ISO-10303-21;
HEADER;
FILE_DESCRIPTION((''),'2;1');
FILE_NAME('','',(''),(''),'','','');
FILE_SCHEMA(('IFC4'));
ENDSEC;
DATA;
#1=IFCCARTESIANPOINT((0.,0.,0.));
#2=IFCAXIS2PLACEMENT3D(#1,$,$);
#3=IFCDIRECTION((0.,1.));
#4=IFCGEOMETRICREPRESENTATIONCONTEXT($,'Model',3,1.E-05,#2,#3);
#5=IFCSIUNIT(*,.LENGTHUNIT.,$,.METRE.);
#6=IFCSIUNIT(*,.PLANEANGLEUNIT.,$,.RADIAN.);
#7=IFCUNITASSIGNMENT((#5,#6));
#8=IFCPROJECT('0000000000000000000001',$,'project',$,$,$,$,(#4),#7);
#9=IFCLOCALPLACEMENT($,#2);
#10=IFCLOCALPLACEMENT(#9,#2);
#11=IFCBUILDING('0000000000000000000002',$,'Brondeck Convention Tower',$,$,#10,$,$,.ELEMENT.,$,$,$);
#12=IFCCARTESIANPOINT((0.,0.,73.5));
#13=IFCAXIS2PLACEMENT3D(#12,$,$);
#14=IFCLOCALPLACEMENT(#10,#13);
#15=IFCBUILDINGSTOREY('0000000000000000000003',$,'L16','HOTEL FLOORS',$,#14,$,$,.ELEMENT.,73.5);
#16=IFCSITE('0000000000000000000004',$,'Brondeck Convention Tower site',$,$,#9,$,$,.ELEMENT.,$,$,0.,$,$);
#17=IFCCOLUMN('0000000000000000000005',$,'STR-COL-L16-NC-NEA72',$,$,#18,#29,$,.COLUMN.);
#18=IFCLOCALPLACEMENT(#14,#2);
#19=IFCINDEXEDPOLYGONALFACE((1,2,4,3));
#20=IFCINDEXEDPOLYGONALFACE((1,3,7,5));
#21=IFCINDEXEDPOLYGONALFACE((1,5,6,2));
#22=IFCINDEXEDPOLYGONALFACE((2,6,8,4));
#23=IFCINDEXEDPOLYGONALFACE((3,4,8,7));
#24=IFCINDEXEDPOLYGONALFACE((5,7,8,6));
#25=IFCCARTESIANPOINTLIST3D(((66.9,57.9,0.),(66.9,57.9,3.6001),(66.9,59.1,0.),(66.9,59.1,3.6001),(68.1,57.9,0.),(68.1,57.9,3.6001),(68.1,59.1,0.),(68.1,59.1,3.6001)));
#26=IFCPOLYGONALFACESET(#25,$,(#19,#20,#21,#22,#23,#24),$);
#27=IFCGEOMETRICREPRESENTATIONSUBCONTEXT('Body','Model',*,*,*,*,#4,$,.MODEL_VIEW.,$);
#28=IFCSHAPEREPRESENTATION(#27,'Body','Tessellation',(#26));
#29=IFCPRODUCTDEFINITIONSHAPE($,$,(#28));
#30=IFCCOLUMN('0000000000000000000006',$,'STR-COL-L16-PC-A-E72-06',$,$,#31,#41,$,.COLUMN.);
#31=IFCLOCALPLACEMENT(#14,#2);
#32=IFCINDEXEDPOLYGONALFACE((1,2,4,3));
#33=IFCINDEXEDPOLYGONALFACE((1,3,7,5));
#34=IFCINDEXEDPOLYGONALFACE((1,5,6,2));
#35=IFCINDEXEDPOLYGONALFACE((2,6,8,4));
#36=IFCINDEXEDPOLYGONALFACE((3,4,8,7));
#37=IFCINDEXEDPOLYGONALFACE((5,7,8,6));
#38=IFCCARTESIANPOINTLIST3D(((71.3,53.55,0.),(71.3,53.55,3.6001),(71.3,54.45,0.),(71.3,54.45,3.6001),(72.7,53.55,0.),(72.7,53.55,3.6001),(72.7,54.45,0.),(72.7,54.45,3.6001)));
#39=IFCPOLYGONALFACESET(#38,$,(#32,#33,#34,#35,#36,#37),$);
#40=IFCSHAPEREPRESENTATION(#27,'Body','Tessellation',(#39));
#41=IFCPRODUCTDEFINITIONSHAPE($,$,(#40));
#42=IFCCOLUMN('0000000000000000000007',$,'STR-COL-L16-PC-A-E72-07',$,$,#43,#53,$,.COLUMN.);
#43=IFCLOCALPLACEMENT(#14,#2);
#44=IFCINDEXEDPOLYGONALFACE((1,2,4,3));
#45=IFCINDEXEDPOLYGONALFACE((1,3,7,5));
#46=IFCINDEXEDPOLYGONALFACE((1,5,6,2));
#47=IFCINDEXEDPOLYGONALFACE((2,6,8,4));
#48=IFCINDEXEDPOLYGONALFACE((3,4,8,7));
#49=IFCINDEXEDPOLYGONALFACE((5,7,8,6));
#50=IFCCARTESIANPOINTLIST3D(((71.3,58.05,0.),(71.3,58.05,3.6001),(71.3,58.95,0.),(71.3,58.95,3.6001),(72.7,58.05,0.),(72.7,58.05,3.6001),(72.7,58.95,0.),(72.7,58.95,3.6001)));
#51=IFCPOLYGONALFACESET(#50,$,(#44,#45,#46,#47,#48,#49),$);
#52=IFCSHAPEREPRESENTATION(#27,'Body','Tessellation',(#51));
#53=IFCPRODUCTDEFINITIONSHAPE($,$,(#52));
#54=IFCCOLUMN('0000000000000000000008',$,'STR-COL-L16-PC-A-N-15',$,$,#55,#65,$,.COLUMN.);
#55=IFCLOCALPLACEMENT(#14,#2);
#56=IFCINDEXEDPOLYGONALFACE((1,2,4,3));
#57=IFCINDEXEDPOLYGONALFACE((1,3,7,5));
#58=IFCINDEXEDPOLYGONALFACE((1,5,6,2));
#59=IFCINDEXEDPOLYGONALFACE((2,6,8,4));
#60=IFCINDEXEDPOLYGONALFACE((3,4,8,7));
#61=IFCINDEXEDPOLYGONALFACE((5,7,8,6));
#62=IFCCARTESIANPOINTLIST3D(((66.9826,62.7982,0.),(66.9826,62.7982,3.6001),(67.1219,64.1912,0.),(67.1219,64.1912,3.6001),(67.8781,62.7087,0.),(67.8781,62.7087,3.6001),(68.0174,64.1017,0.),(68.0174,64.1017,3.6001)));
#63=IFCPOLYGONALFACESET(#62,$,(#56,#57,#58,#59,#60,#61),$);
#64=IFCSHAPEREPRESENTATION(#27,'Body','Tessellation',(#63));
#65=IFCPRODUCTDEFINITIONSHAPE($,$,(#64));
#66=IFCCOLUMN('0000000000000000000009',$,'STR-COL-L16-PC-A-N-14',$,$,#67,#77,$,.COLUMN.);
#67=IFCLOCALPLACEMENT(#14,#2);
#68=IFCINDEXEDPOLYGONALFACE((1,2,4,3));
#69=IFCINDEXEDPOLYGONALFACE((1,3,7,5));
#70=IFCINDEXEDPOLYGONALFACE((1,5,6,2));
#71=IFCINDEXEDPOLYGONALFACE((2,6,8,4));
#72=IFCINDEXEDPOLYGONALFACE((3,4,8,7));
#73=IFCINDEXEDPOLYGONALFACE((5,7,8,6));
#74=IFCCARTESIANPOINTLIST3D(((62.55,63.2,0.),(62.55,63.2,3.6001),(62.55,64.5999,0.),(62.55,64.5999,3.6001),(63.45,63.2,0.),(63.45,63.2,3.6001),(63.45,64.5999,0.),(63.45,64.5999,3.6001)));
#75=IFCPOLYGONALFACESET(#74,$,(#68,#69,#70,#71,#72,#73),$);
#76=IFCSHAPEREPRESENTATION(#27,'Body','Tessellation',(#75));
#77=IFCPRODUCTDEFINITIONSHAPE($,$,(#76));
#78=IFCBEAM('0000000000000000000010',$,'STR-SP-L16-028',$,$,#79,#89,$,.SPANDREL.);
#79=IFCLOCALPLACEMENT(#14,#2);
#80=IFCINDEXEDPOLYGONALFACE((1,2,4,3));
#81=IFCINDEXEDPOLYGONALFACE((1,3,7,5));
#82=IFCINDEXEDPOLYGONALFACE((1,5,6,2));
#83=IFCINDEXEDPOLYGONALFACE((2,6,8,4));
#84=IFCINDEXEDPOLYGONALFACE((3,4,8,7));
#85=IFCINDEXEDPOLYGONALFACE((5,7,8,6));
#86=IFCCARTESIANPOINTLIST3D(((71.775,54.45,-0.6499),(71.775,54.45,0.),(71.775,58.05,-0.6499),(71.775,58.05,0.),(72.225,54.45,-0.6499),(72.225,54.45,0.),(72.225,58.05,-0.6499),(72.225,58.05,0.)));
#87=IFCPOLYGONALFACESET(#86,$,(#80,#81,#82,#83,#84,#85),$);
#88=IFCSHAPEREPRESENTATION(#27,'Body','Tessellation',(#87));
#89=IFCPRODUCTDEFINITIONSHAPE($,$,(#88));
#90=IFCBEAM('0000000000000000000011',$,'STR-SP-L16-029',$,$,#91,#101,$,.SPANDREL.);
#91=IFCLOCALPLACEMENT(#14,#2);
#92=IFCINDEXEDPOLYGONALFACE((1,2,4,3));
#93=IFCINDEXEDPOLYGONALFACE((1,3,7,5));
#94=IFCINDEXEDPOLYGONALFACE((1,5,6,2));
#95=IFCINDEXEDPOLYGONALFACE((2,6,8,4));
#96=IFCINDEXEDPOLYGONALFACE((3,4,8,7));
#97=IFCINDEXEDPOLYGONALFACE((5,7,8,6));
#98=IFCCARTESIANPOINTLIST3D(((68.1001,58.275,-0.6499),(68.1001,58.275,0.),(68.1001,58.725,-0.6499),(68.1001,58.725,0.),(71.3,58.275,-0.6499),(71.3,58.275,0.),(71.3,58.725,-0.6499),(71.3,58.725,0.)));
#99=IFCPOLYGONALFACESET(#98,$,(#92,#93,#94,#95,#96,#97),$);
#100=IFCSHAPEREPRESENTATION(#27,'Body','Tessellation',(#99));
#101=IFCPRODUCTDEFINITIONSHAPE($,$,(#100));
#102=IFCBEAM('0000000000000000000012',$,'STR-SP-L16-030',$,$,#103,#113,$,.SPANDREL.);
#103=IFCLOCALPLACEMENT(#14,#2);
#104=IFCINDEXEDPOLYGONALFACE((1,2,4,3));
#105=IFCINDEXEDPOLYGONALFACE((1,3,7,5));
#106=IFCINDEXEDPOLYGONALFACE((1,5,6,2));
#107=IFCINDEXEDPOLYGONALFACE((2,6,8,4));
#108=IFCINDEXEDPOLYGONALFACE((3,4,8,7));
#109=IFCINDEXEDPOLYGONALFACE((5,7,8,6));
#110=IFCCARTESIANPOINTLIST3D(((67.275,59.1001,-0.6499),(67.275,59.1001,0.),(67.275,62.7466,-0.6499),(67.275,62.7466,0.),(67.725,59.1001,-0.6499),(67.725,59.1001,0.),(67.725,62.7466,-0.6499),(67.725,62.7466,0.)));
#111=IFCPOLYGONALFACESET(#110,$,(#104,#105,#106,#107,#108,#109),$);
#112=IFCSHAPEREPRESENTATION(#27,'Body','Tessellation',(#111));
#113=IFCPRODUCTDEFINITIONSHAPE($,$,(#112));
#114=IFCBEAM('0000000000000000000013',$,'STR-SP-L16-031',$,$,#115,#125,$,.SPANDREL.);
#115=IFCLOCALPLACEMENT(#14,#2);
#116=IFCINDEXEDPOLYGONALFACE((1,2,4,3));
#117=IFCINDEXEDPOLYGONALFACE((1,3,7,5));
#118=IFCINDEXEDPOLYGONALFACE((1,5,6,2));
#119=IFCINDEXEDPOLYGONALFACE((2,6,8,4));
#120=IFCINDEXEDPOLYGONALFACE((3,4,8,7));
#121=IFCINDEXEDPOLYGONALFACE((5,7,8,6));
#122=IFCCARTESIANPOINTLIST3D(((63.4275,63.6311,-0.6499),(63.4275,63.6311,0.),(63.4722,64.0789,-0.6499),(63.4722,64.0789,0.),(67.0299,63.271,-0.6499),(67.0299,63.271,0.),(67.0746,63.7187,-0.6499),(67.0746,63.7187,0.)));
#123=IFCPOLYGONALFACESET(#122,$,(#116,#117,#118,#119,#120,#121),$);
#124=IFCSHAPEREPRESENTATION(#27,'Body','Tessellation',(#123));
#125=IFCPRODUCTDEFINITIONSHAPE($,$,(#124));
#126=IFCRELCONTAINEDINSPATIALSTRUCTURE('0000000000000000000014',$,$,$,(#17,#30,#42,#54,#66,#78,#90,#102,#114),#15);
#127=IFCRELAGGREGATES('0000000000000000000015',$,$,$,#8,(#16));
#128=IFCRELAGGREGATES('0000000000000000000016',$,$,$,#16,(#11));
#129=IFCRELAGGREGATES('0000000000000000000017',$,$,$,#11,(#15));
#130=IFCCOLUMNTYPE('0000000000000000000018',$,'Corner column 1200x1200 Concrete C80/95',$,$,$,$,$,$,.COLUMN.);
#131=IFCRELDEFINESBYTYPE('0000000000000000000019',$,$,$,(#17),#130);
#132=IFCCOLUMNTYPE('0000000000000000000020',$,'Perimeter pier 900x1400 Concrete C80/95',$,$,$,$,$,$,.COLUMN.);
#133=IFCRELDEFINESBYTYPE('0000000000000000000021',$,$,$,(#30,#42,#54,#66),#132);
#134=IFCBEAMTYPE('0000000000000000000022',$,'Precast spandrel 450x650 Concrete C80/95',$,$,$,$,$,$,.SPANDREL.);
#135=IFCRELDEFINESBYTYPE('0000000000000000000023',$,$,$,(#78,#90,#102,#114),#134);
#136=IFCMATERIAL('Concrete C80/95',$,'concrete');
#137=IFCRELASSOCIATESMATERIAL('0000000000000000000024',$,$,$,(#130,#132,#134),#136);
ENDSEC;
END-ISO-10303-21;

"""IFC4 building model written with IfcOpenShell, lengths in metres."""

from ifc_helpers import new_model, si_unit, direction, frame, origin, origin_2d, place, context, subcontext, project, spatial, rectangle, extrude, material, material_profile, profile_set, type_object, element, save


model = new_model("IFC4")

# Units and contexts
model_context = context("Model", 3, precision=1e-05, world=origin(), true_north=direction((0.0, 1.0)))
body_context = subcontext(model_context, "Body", "Model", "MODEL_VIEW")
ifc_project = project(units=[si_unit("LENGTHUNIT", "METRE"), si_unit("PLANEANGLEUNIT", "RADIAN")], contexts=[model_context])

# Site, building, storey
site_placement = place(None, origin())
site = spatial("IfcSite", under=ifc_project, at=site_placement, Name="Brondeck Convention Tower site", CompositionType="ELEMENT", RefElevation=0.0)
building_placement = place(site_placement, origin())
building = spatial("IfcBuilding", under=site, at=building_placement, Name="Brondeck Convention Tower", CompositionType="ELEMENT")
storey_placement = place(building_placement, frame((0.0, 0.0, 73.5)))
storey = spatial("IfcBuildingStorey", under=building, at=storey_placement, Name="L16", Description="HOTEL FLOORS", CompositionType="ELEMENT", Elevation=73.5)

# Columns
ifc_material_1 = material(Name="Concrete C80/95", Category="concrete")
ifc_material_profile_1 = material_profile(ifc_material_1, rectangle(XDim=1.2, YDim=1.2, at=origin_2d()), Name="Corner column 1200x1200 Concrete C80/95")
ifc_profile_set_1 = profile_set([ifc_material_profile_1], Name="Concrete C80/95")
column_type_1 = type_object("IfcColumnType", Name="Corner column 1200x1200 Concrete C80/95", PredefinedType="COLUMN", material=ifc_profile_set_1)
column_placement = place(storey_placement, frame((67.5, 58.5, 0.0), z_axis=(0.0, 0.0, 1.0), x_axis=(1.0, 0.0, 0.0)))
element("IfcColumn", 1, at=column_placement, inside=storey, type_object=column_type_1, Name="STR-COL-L16-NC-NEA72", PredefinedType="COLUMN", context=body_context, shape_type="SweptSolid", body=[
    extrude(rectangle(XDim=1.2, YDim=1.2, at=origin_2d()), origin(), (0.0, 0.0, 1.0), 3.6001),
])
ifc_material_profile_2 = material_profile(ifc_material_1, rectangle(XDim=0.8999, YDim=1.3999, at=origin_2d()), Name="Perimeter pier 900x1400 Concrete C80/95")
ifc_profile_set_2 = profile_set([ifc_material_profile_2], Name="Concrete C80/95")
column_type_2 = type_object("IfcColumnType", Name="Perimeter pier 900x1400 Concrete C80/95", PredefinedType="COLUMN", material=ifc_profile_set_2)
for number, where, z_axis, x_axis, name in (
    (2, (72.0, 54.0, 0.0), (0.0, 0.0, 1.0), (0.0, 1.0, 0.0), "STR-COL-L16-PC-A-E72-06"),
    (3, (72.0, 58.5, 0.0), (0.0, 0.0, 1.0), (0.0, 1.0, 0.0), "STR-COL-L16-PC-A-E72-07"),
    (4, (67.5, 63.45, 0.0), (0.0, 0.0, 1.0), (-0.995037, 0.099504, 0.0), "STR-COL-L16-PC-A-N-15"),
    (5, (63.0, 63.8999, 0.0), (0.0, 0.0, 1.0), (-1.0, 0.0, 0.0), "STR-COL-L16-PC-A-N-14"),
):
    element("IfcColumn", number, at=place(storey_placement, frame(where, z_axis=z_axis, x_axis=x_axis)), inside=storey, type_object=column_type_2, Name=name, PredefinedType="COLUMN", context=body_context, shape_type="SweptSolid", body=[
        extrude(rectangle(XDim=0.8999, YDim=1.3999, at=origin_2d()), origin(), (0.0, 0.0, 1.0), 3.6001),
    ])

# Beams
ifc_material_profile_3 = material_profile(ifc_material_1, rectangle(XDim=0.45, YDim=0.6499, at=origin_2d()), Name="Precast spandrel 450x650 Concrete C80/95")
ifc_profile_set_3 = profile_set([ifc_material_profile_3], Name="Concrete C80/95")
beam_type = type_object("IfcBeamType", Name="Precast spandrel 450x650 Concrete C80/95", PredefinedType="SPANDREL", material=ifc_profile_set_3)
beam_1_placement = place(storey_placement, frame((72.0, 54.45, -0.325), z_axis=(0.0, 1.0, 0.0), x_axis=(-1.0, 0.0, 0.0)))
element("IfcBeam", 6, at=beam_1_placement, inside=storey, type_object=beam_type, Name="STR-SP-L16-028", PredefinedType="SPANDREL", context=body_context, shape_type="SweptSolid", body=[
    extrude(rectangle(XDim=0.45, YDim=0.6499, at=origin_2d()), origin(), (0.0, 0.0, 1.0), 3.6001),
])
beam_2_placement = place(storey_placement, frame((71.3, 58.5, -0.325), z_axis=(-1.0, 0.0, 0.0), x_axis=(0.0, -1.0, 0.0)))
element("IfcBeam", 7, at=beam_2_placement, inside=storey, type_object=beam_type, Name="STR-SP-L16-029", PredefinedType="SPANDREL", context=body_context, shape_type="SweptSolid", body=[
    extrude(rectangle(XDim=0.45, YDim=0.6499, at=origin_2d()), origin(), (0.0, 0.0, 1.0), 3.2),
])
beam_3_placement = place(storey_placement, frame((67.5, 59.1001, -0.325), z_axis=(0.0, 1.0, 0.0), x_axis=(-1.0, 0.0, 0.0)))
element("IfcBeam", 8, at=beam_3_placement, inside=storey, type_object=beam_type, Name="STR-SP-L16-030", PredefinedType="SPANDREL", context=body_context, shape_type="SweptSolid", body=[
    extrude(rectangle(XDim=0.45, YDim=0.6499, at=origin_2d()), origin(), (0.0, 0.0, 1.0), 3.6465),
])
beam_4_placement = place(storey_placement, frame((67.0522, 63.4949, -0.325), z_axis=(-0.995041, 0.09947, 0.0), x_axis=(-0.09947, -0.995041, 0.0)))
element("IfcBeam", 9, at=beam_4_placement, inside=storey, type_object=beam_type, Name="STR-SP-L16-031", PredefinedType="SPANDREL", context=body_context, shape_type="SweptSolid", body=[
    extrude(rectangle(XDim=0.45, YDim=0.6499, at=origin_2d()), origin(), (0.0, 0.0, 1.0), 3.6204),
])

save(model, "model.ifc")
